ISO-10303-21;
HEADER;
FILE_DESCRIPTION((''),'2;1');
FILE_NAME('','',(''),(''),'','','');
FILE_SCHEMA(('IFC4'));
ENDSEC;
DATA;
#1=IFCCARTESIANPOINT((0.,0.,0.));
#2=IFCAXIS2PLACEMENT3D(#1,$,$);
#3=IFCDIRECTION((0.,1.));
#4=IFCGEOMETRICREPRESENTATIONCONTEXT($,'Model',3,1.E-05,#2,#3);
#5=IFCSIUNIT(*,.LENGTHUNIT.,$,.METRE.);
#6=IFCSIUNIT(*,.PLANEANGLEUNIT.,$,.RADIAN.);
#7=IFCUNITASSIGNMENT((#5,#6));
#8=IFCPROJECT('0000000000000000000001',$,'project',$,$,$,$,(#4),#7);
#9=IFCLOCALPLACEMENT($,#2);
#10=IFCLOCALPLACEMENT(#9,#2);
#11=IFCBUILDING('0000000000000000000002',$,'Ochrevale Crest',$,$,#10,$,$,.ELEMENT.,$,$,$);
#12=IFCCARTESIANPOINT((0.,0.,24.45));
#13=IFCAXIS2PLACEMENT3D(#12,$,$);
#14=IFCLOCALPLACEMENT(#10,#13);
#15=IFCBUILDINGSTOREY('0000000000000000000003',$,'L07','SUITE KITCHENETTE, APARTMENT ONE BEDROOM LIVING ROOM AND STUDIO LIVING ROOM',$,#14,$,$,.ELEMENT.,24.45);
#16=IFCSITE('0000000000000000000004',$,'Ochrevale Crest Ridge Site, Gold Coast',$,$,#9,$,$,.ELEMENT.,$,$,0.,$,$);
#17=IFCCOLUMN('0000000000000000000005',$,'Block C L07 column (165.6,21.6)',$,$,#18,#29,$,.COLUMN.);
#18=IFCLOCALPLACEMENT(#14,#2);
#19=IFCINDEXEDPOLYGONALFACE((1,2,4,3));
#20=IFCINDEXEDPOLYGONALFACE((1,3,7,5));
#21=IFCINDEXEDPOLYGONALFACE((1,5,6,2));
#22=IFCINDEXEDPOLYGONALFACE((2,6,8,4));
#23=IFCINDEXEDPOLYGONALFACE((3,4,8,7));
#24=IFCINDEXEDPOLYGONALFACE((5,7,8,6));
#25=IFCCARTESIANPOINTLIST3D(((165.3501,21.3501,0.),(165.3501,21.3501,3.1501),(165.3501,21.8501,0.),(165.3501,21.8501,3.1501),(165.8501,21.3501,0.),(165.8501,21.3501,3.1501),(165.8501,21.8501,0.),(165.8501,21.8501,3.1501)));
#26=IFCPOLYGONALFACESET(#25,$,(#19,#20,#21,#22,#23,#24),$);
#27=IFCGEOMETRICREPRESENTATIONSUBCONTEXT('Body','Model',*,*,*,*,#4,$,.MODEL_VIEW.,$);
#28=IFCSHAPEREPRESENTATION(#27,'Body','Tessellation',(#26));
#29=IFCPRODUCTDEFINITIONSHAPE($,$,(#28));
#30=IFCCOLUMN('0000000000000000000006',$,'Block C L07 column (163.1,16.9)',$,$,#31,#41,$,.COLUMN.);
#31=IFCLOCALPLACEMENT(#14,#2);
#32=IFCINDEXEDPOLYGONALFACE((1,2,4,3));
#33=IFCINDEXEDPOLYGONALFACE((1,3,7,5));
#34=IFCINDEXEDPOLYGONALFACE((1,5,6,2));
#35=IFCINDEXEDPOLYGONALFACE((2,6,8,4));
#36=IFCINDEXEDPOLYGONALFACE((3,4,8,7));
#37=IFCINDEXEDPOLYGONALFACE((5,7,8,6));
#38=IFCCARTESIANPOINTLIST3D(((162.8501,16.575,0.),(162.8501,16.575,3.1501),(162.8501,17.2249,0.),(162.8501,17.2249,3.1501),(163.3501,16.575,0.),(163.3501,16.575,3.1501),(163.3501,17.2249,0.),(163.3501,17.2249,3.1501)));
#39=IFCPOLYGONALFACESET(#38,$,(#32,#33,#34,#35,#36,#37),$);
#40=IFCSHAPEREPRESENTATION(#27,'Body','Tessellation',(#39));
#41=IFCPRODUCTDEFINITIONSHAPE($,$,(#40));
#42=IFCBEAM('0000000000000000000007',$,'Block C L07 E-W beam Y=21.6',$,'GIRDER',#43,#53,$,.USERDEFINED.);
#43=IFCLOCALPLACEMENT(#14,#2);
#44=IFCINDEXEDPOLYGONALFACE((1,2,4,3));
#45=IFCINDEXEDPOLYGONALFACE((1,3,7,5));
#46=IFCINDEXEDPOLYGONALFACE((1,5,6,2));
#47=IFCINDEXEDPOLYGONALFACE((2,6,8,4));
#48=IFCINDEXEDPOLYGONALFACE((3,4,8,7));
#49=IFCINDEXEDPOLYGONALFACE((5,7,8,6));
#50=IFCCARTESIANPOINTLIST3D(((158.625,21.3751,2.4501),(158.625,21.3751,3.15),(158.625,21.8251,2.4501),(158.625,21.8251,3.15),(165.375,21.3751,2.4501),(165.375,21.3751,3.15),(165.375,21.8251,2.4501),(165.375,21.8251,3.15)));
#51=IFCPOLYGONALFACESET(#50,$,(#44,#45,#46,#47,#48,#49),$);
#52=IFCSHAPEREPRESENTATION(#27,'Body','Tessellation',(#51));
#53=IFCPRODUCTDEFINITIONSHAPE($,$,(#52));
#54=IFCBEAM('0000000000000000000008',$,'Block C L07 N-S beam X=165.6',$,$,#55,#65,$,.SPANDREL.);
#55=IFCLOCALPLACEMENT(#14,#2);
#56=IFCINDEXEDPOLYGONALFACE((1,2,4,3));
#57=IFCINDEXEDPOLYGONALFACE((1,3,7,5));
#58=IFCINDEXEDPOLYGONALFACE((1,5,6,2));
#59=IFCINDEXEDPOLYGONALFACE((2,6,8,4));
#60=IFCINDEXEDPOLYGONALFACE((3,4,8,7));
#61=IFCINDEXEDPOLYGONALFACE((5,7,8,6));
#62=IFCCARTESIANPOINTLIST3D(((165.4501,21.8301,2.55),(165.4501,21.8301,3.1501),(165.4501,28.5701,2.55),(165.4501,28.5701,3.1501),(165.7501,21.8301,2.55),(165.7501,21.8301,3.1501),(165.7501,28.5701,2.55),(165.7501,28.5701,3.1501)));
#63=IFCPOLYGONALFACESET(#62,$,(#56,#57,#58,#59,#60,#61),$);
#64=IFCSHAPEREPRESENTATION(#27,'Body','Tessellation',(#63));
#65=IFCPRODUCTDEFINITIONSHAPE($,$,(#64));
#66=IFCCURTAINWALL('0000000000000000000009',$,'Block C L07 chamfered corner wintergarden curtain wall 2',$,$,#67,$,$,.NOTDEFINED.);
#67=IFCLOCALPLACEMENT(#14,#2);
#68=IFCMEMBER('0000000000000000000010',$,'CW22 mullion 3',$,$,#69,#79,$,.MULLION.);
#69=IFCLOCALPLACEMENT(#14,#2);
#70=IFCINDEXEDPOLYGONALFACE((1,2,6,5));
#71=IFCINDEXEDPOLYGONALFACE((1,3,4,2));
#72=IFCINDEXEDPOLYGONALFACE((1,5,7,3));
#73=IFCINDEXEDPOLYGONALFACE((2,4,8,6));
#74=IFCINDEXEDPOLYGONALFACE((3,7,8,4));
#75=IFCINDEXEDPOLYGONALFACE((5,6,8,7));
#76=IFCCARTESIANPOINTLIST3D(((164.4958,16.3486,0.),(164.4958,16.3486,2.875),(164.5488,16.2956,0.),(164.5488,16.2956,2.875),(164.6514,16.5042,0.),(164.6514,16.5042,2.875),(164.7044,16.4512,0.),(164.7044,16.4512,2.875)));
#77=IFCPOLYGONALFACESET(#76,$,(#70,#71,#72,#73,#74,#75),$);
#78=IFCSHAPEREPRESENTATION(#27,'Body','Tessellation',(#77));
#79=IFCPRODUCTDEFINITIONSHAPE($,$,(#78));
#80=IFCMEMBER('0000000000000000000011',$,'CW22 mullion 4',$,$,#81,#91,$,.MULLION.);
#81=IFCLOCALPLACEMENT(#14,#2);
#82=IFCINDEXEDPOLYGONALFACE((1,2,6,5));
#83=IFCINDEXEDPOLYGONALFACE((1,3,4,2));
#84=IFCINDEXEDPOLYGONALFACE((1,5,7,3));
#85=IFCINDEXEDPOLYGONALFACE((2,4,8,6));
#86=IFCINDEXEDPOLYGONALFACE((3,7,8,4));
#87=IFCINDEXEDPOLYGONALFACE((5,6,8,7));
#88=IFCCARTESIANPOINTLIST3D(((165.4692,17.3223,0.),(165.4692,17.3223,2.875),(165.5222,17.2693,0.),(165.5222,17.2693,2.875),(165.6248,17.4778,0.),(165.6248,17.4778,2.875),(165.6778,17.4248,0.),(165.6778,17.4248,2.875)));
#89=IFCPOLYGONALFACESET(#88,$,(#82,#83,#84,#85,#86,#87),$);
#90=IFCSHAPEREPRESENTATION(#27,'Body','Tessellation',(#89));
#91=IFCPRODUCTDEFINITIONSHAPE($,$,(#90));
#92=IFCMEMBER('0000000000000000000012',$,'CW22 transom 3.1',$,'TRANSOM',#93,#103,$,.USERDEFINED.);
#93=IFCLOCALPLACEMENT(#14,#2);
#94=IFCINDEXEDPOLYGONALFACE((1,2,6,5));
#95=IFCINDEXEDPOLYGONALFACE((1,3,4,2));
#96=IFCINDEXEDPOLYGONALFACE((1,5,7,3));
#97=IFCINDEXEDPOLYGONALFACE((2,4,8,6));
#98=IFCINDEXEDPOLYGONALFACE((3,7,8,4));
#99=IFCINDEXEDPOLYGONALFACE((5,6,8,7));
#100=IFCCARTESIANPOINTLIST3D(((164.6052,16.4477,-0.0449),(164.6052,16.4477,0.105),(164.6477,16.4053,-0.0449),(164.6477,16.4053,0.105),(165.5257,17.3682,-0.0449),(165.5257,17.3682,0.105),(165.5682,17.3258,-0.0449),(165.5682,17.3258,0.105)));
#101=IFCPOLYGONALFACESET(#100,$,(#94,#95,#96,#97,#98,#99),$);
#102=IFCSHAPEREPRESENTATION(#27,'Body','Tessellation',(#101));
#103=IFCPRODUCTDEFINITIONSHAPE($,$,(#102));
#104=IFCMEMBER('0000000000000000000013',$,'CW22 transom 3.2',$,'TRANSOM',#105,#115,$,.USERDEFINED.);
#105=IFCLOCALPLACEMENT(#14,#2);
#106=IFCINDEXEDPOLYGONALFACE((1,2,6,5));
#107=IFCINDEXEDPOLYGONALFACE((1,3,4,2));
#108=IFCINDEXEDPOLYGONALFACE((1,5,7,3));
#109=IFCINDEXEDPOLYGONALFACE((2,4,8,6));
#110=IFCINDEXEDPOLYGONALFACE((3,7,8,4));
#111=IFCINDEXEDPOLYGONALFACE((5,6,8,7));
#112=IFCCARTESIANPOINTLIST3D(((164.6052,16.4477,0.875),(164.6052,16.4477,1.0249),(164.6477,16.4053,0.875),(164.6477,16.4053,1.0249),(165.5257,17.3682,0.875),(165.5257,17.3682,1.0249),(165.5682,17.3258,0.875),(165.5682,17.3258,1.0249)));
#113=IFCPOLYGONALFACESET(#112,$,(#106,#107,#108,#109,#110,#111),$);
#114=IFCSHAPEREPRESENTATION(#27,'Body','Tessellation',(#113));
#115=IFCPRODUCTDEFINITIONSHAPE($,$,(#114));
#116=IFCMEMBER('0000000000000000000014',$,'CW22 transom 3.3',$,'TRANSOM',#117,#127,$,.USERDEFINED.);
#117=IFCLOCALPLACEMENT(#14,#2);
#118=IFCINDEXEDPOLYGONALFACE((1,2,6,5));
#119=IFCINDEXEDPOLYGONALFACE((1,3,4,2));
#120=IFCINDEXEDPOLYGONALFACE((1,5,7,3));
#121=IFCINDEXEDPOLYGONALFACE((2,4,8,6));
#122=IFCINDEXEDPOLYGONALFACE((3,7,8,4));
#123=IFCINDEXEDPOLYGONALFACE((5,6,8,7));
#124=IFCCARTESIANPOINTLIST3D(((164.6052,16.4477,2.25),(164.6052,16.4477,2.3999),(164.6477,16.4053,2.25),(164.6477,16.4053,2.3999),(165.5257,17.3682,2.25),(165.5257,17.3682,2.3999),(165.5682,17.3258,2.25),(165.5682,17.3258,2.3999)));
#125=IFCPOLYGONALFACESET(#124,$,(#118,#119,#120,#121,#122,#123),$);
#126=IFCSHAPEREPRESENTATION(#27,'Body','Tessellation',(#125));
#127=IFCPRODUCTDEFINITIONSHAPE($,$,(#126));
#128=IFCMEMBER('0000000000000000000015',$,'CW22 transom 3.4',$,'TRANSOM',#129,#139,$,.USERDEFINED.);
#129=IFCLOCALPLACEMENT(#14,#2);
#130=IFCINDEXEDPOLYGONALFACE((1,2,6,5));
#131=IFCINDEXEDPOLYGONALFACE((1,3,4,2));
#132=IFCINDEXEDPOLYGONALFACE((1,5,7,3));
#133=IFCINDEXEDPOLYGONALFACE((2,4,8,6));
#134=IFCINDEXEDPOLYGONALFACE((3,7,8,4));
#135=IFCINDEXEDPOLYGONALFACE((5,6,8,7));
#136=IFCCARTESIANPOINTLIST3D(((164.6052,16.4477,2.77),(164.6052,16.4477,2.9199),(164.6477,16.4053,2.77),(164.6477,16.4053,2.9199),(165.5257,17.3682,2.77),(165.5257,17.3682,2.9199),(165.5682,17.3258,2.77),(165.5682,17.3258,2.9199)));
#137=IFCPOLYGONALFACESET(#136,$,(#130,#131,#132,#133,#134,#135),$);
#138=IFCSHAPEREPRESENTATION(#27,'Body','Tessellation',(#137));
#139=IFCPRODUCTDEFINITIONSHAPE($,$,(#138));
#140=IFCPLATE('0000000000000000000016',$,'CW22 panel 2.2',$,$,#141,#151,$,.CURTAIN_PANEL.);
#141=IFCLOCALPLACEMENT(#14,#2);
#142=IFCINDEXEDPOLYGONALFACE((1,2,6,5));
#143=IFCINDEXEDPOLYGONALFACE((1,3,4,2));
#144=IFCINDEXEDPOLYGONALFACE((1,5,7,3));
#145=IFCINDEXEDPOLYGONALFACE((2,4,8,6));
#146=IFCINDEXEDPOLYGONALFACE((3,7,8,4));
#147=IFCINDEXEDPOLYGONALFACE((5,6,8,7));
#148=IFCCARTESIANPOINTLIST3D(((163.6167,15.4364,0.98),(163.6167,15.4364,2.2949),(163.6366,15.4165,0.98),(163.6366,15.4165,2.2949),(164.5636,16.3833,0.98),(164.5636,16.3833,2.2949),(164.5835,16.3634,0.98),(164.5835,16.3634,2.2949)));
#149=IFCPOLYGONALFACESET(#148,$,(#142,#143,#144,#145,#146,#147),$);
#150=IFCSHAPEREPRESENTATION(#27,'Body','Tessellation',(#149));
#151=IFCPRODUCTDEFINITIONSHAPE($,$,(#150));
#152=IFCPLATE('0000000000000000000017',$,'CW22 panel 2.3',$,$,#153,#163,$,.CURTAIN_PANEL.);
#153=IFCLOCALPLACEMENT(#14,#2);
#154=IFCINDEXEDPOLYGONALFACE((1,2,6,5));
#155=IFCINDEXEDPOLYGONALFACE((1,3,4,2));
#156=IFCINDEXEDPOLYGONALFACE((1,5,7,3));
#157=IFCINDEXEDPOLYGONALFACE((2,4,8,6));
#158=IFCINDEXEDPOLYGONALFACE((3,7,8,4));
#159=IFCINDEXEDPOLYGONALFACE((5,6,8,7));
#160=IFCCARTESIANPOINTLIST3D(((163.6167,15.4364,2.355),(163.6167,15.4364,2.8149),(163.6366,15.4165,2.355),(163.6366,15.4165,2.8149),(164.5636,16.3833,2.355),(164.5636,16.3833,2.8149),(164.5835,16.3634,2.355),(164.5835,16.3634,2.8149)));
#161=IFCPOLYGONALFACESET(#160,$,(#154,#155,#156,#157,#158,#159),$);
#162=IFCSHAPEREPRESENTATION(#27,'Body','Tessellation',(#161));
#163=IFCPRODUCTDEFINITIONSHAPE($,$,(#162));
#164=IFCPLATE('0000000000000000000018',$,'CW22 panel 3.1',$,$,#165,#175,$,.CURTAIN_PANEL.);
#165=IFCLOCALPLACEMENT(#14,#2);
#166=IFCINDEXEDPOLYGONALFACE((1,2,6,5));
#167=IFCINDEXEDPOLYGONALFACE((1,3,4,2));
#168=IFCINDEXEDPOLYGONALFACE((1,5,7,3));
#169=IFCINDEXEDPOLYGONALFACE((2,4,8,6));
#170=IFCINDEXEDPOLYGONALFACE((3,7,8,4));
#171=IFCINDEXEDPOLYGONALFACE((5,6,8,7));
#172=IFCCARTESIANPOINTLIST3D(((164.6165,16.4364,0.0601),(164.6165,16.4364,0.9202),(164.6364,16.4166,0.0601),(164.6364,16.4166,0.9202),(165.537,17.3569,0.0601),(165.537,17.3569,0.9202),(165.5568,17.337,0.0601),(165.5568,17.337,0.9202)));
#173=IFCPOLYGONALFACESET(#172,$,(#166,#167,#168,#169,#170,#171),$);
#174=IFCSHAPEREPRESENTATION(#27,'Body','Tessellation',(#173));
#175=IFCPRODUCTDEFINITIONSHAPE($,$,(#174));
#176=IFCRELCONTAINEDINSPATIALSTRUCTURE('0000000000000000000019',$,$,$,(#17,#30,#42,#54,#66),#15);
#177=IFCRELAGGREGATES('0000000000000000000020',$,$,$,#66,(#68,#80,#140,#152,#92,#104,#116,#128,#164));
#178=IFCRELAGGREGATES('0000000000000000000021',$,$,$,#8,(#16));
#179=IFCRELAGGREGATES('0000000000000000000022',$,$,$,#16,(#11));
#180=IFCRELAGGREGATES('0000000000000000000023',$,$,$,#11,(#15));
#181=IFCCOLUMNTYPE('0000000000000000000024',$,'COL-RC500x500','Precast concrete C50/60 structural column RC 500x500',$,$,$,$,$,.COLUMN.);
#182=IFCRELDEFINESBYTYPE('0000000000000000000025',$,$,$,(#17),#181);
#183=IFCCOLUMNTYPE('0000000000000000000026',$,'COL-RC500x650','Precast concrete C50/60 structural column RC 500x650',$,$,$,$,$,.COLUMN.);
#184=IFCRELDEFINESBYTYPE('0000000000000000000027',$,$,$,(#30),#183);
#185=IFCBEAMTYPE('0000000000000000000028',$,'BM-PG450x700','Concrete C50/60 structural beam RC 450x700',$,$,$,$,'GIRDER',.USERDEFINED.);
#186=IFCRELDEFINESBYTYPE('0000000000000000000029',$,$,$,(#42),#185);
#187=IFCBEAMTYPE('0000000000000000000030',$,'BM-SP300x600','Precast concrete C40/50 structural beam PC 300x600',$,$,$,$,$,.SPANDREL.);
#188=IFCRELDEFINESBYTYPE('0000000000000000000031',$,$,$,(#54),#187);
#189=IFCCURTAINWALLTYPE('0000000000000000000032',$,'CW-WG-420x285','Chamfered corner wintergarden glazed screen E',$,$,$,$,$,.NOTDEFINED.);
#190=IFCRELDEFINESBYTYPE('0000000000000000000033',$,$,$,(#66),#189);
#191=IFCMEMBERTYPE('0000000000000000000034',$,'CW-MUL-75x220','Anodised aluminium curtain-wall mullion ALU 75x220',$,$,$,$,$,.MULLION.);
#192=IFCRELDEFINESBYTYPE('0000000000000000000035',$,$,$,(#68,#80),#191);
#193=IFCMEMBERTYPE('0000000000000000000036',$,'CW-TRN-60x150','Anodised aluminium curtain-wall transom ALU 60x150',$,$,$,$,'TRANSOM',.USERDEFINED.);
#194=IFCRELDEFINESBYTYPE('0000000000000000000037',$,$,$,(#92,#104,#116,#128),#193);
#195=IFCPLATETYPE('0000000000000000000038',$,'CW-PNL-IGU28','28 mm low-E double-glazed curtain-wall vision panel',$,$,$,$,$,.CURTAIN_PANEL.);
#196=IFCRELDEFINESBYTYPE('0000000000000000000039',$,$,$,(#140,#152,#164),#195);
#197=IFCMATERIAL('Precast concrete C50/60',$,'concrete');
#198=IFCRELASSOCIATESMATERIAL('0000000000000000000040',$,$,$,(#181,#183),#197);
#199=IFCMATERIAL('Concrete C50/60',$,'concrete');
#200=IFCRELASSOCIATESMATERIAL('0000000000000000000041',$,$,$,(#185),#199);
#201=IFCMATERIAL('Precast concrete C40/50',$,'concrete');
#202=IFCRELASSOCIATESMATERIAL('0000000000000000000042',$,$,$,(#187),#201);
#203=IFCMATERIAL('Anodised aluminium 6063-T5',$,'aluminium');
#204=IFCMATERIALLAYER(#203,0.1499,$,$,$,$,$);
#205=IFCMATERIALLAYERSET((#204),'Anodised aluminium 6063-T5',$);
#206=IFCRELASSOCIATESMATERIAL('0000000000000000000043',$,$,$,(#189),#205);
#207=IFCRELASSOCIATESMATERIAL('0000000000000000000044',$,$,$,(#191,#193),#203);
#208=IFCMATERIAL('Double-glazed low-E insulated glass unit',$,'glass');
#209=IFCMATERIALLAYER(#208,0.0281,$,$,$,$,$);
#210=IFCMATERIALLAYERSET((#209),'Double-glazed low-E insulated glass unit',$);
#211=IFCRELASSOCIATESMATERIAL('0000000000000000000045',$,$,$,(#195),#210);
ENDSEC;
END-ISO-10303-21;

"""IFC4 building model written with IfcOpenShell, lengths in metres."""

from ifc_helpers import new_model, si_unit, direction, frame, origin, origin_2d, place, context, subcontext, project, spatial, rectangle, extrude, material, layer, layer_set, material_profile, profile_set, type_object, element, aggregate, save


model = new_model("IFC4")

# Units and contexts
model_context = context("Model", 3, precision=1e-05, world=origin(), true_north=direction((0.0, 1.0)))
body_context = subcontext(model_context, "Body", "Model", "MODEL_VIEW")
ifc_project = project(units=[si_unit("LENGTHUNIT", "METRE"), si_unit("PLANEANGLEUNIT", "RADIAN")], contexts=[model_context])

# Site, building, storey
site_placement = place(None, origin())
site = spatial("IfcSite", under=ifc_project, at=site_placement, Name="Ochrevale Crest Ridge Site, Gold Coast", CompositionType="ELEMENT", RefElevation=0.0)
building_placement = place(site_placement, origin())
building = spatial("IfcBuilding", under=site, at=building_placement, Name="Ochrevale Crest", CompositionType="ELEMENT")
storey_placement = place(building_placement, frame((0.0, 0.0, 24.45)))
storey = spatial("IfcBuildingStorey", under=building, at=storey_placement, Name="L07", Description="SUITE KITCHENETTE, APARTMENT ONE BEDROOM LIVING ROOM AND STUDIO LIVING ROOM", CompositionType="ELEMENT", Elevation=24.45)

# Columns
ifc_material_1 = material(Name="Precast concrete C50/60", Category="concrete")
ifc_material_profile_1 = material_profile(ifc_material_1, rectangle(XDim=0.5, YDim=0.5, at=origin_2d()), Name="RC 500x500")
ifc_profile_set_1 = profile_set([ifc_material_profile_1], Name="Precast concrete C50/60")
column_type_1 = type_object("IfcColumnType", Name="COL-RC500x500", Description="Precast concrete C50/60 structural column RC 500x500", PredefinedType="COLUMN", material=ifc_profile_set_1)
column_1_placement = place(storey_placement, frame((165.6001, 21.6001, 0.0), z_axis=(0.0, 0.0, 1.0), x_axis=(1.0, 0.0, 0.0)))
element("IfcColumn", 1, at=column_1_placement, inside=storey, type_object=column_type_1, Name="Block C L07 column (165.6,21.6)", PredefinedType="COLUMN", context=body_context, shape_type="SweptSolid", body=[
    extrude(rectangle(XDim=0.5, YDim=0.5, at=origin_2d()), origin(), (0.0, 0.0, 1.0), 3.1501),
])
ifc_material_profile_2 = material_profile(ifc_material_1, rectangle(XDim=0.5, YDim=0.6499, at=origin_2d()), Name="RC 500x650")
ifc_profile_set_2 = profile_set([ifc_material_profile_2], Name="Precast concrete C50/60")
column_type_2 = type_object("IfcColumnType", Name="COL-RC500x650", Description="Precast concrete C50/60 structural column RC 500x650", PredefinedType="COLUMN", material=ifc_profile_set_2)
column_2_placement = place(storey_placement, frame((163.1001, 16.8999, 0.0), z_axis=(0.0, 0.0, 1.0), x_axis=(1.0, 0.0, 0.0)))
element("IfcColumn", 2, at=column_2_placement, inside=storey, type_object=column_type_2, Name="Block C L07 column (163.1,16.9)", PredefinedType="COLUMN", context=body_context, shape_type="SweptSolid", body=[
    extrude(rectangle(XDim=0.5, YDim=0.6499, at=origin_2d()), origin(), (0.0, 0.0, 1.0), 3.1501),
])

# Beams
ifc_material_2 = material(Name="Concrete C50/60", Category="concrete")
ifc_material_profile_3 = material_profile(ifc_material_2, rectangle(XDim=0.45, YDim=0.7, at=origin_2d()), Name="RC 450x700")
ifc_profile_set_3 = profile_set([ifc_material_profile_3], Name="Concrete C50/60")
beam_type_1 = type_object("IfcBeamType", Name="BM-PG450x700", Description="Concrete C50/60 structural beam RC 450x700", ElementType="GIRDER", PredefinedType="USERDEFINED", material=ifc_profile_set_3)
beam_1_placement = place(storey_placement, frame((158.625, 21.6001, 2.8), z_axis=(1.0, 0.0, 0.0), x_axis=(0.0, 1.0, 0.0)))
element("IfcBeam", 3, at=beam_1_placement, inside=storey, type_object=beam_type_1, Name="Block C L07 E-W beam Y=21.6", ObjectType="GIRDER", PredefinedType="USERDEFINED", context=body_context, shape_type="SweptSolid", body=[
    extrude(rectangle(XDim=0.45, YDim=0.7, at=origin_2d()), origin(), (0.0, 0.0, 1.0), 6.75),
])
ifc_material_3 = material(Name="Precast concrete C40/50", Category="concrete")
ifc_material_profile_4 = material_profile(ifc_material_3, rectangle(XDim=0.3, YDim=0.6001, at=origin_2d()), Name="PC 300x600")
ifc_profile_set_4 = profile_set([ifc_material_profile_4], Name="Precast concrete C40/50")
beam_type_2 = type_object("IfcBeamType", Name="BM-SP300x600", Description="Precast concrete C40/50 structural beam PC 300x600", PredefinedType="SPANDREL", material=ifc_profile_set_4)
beam_2_placement = place(storey_placement, frame((165.6001, 21.8301, 2.8501), z_axis=(0.0, 1.0, 0.0), x_axis=(-1.0, 0.0, 0.0)))
element("IfcBeam", 4, at=beam_2_placement, inside=storey, type_object=beam_type_2, Name="Block C L07 N-S beam X=165.6", PredefinedType="SPANDREL", context=body_context, shape_type="SweptSolid", body=[
    extrude(rectangle(XDim=0.3, YDim=0.6001, at=origin_2d()), origin(), (0.0, 0.0, 1.0), 6.74),
])

# Curtain wall, members, plates
ifc_material_4 = material(Name="Anodised aluminium 6063-T5", Category="aluminium")
ifc_layer_1 = layer(ifc_material_4, 0.1499)
ifc_layer_set_1 = layer_set([ifc_layer_1], Name="Anodised aluminium 6063-T5")
curtain_wall_type = type_object("IfcCurtainWallType", Name="CW-WG-420x285", Description="Chamfered corner wintergarden glazed screen E", PredefinedType="NOTDEFINED", material=ifc_layer_set_1)
curtain_wall_placement = place(storey_placement, origin())
curtain_wall = element("IfcCurtainWall", 5, at=curtain_wall_placement, inside=storey, type_object=curtain_wall_type, Name="Block C L07 chamfered corner wintergarden curtain wall 2", PredefinedType="NOTDEFINED")
ifc_material_profile_5 = material_profile(ifc_material_4, rectangle(XDim=0.075, YDim=0.22, at=origin_2d()), Name="ALU 75x220")
ifc_profile_set_5 = profile_set([ifc_material_profile_5], Name="Anodised aluminium 6063-T5")
member_type_1 = type_object("IfcMemberType", Name="CW-MUL-75x220", Description="Anodised aluminium curtain-wall mullion ALU 75x220", PredefinedType="MULLION", material=ifc_profile_set_5)
member_1_placement = place(storey_placement, frame((164.6001, 16.3999, 0.0), z_axis=(0.0, 0.0, 1.0), x_axis=(-0.707107, 0.707107, 0.0)))
member_1 = element("IfcMember", 6, at=member_1_placement, type_object=member_type_1, Name="CW22 mullion 3", PredefinedType="MULLION", context=body_context, shape_type="SweptSolid", body=[
    extrude(rectangle(XDim=0.075, YDim=0.22, at=origin_2d()), origin(), (0.0, 0.0, 1.0), 2.875),
])
member_2_placement = place(storey_placement, frame((165.5735, 17.3735, 0.0), z_axis=(0.0, 0.0, 1.0), x_axis=(-0.707107, 0.707107, 0.0)))
member_2 = element("IfcMember", 7, at=member_2_placement, type_object=member_type_1, Name="CW22 mullion 4", PredefinedType="MULLION", context=body_context, shape_type="SweptSolid", body=[
    extrude(rectangle(XDim=0.075, YDim=0.22, at=origin_2d()), origin(), (0.0, 0.0, 1.0), 2.875),
])
ifc_material_profile_6 = material_profile(ifc_material_4, rectangle(XDim=0.0601, YDim=0.1499, at=origin_2d()), Name="ALU 60x150")
ifc_profile_set_6 = profile_set([ifc_material_profile_6], Name="Anodised aluminium 6063-T5")
member_type_2 = type_object("IfcMemberType", Name="CW-TRN-60x150", Description="Anodised aluminium curtain-wall transom ALU 60x150", ElementType="TRANSOM", PredefinedType="USERDEFINED", material=ifc_profile_set_6)
member_3_placement = place(storey_placement, frame((164.6265, 16.4265, 0.03), z_axis=(0.707107, 0.707107, 0.0), x_axis=(-0.707107, 0.707107, 0.0)))
member_3 = element("IfcMember", 8, at=member_3_placement, type_object=member_type_2, Name="CW22 transom 3.1", ObjectType="TRANSOM", PredefinedType="USERDEFINED", context=body_context, shape_type="SweptSolid", body=[
    extrude(rectangle(XDim=0.0601, YDim=0.1499, at=origin_2d()), origin(), (0.0, 0.0, 1.0), 1.3018),
])
member_4_placement = place(storey_placement, frame((164.6265, 16.4265, 0.95), z_axis=(0.707107, 0.707107, 0.0), x_axis=(-0.707107, 0.707107, 0.0)))
member_4 = element("IfcMember", 9, at=member_4_placement, type_object=member_type_2, Name="CW22 transom 3.2", ObjectType="TRANSOM", PredefinedType="USERDEFINED", context=body_context, shape_type="SweptSolid", body=[
    extrude(rectangle(XDim=0.0601, YDim=0.1499, at=origin_2d()), origin(), (0.0, 0.0, 1.0), 1.3018),
])
member_5_placement = place(storey_placement, frame((164.6265, 16.4265, 2.325), z_axis=(0.707107, 0.707107, 0.0), x_axis=(-0.707107, 0.707107, 0.0)))
member_5 = element("IfcMember", 10, at=member_5_placement, type_object=member_type_2, Name="CW22 transom 3.3", ObjectType="TRANSOM", PredefinedType="USERDEFINED", context=body_context, shape_type="SweptSolid", body=[
    extrude(rectangle(XDim=0.0601, YDim=0.1499, at=origin_2d()), origin(), (0.0, 0.0, 1.0), 1.3018),
])
member_6_placement = place(storey_placement, frame((164.6265, 16.4265, 2.845), z_axis=(0.707107, 0.707107, 0.0), x_axis=(-0.707107, 0.707107, 0.0)))
member_6 = element("IfcMember", 11, at=member_6_placement, type_object=member_type_2, Name="CW22 transom 3.4", ObjectType="TRANSOM", PredefinedType="USERDEFINED", context=body_context, shape_type="SweptSolid", body=[
    extrude(rectangle(XDim=0.0601, YDim=0.1499, at=origin_2d()), origin(), (0.0, 0.0, 1.0), 1.3018),
])
ifc_material_5 = material(Name="Double-glazed low-E insulated glass unit", Category="glass")
ifc_layer_2 = layer(ifc_material_5, 0.0281)
ifc_layer_set_2 = layer_set([ifc_layer_2], Name="Double-glazed low-E insulated glass unit")
plate_type = type_object("IfcPlateType", Name="CW-PNL-IGU28", Description="28 mm low-E double-glazed curtain-wall vision panel", PredefinedType="CURTAIN_PANEL", material=ifc_layer_set_2)
plate_1_placement = place(storey_placement, frame((164.1001, 15.8999, 0.98), z_axis=(0.0, 0.0, 1.0), x_axis=(0.707107, 0.707107, 0.0)))
plate_1 = element("IfcPlate", 12, at=plate_1_placement, type_object=plate_type, Name="CW22 panel 2.2", PredefinedType="CURTAIN_PANEL", context=body_context, shape_type="SweptSolid", body=[
    extrude(rectangle(XDim=1.3391, YDim=0.0281, at=origin_2d()), origin(), (0.0, 0.0, 1.0), 1.3149),
])
plate_2_placement = place(storey_placement, frame((164.1001, 15.8999, 2.355), z_axis=(0.0, 0.0, 1.0), x_axis=(0.707107, 0.707107, 0.0)))
plate_2 = element("IfcPlate", 13, at=plate_2_placement, type_object=plate_type, Name="CW22 panel 2.3", PredefinedType="CURTAIN_PANEL", context=body_context, shape_type="SweptSolid", body=[
    extrude(rectangle(XDim=1.3391, YDim=0.0281, at=origin_2d()), origin(), (0.0, 0.0, 1.0), 0.46),
])
plate_3_placement = place(storey_placement, frame((165.0867, 16.8867, 0.0601), z_axis=(0.0, 0.0, 1.0), x_axis=(0.707107, 0.707107, 0.0)))
plate_3 = element("IfcPlate", 14, at=plate_3_placement, type_object=plate_type, Name="CW22 panel 3.1", PredefinedType="CURTAIN_PANEL", context=body_context, shape_type="SweptSolid", body=[
    extrude(rectangle(XDim=1.3018, YDim=0.0281, at=origin_2d()), origin(), (0.0, 0.0, 1.0), 0.8601),
])
aggregate(curtain_wall, [member_1, member_2, plate_1, plate_2, member_3, member_4, member_5, member_6, plate_3])

save(model, "model.ifc")
